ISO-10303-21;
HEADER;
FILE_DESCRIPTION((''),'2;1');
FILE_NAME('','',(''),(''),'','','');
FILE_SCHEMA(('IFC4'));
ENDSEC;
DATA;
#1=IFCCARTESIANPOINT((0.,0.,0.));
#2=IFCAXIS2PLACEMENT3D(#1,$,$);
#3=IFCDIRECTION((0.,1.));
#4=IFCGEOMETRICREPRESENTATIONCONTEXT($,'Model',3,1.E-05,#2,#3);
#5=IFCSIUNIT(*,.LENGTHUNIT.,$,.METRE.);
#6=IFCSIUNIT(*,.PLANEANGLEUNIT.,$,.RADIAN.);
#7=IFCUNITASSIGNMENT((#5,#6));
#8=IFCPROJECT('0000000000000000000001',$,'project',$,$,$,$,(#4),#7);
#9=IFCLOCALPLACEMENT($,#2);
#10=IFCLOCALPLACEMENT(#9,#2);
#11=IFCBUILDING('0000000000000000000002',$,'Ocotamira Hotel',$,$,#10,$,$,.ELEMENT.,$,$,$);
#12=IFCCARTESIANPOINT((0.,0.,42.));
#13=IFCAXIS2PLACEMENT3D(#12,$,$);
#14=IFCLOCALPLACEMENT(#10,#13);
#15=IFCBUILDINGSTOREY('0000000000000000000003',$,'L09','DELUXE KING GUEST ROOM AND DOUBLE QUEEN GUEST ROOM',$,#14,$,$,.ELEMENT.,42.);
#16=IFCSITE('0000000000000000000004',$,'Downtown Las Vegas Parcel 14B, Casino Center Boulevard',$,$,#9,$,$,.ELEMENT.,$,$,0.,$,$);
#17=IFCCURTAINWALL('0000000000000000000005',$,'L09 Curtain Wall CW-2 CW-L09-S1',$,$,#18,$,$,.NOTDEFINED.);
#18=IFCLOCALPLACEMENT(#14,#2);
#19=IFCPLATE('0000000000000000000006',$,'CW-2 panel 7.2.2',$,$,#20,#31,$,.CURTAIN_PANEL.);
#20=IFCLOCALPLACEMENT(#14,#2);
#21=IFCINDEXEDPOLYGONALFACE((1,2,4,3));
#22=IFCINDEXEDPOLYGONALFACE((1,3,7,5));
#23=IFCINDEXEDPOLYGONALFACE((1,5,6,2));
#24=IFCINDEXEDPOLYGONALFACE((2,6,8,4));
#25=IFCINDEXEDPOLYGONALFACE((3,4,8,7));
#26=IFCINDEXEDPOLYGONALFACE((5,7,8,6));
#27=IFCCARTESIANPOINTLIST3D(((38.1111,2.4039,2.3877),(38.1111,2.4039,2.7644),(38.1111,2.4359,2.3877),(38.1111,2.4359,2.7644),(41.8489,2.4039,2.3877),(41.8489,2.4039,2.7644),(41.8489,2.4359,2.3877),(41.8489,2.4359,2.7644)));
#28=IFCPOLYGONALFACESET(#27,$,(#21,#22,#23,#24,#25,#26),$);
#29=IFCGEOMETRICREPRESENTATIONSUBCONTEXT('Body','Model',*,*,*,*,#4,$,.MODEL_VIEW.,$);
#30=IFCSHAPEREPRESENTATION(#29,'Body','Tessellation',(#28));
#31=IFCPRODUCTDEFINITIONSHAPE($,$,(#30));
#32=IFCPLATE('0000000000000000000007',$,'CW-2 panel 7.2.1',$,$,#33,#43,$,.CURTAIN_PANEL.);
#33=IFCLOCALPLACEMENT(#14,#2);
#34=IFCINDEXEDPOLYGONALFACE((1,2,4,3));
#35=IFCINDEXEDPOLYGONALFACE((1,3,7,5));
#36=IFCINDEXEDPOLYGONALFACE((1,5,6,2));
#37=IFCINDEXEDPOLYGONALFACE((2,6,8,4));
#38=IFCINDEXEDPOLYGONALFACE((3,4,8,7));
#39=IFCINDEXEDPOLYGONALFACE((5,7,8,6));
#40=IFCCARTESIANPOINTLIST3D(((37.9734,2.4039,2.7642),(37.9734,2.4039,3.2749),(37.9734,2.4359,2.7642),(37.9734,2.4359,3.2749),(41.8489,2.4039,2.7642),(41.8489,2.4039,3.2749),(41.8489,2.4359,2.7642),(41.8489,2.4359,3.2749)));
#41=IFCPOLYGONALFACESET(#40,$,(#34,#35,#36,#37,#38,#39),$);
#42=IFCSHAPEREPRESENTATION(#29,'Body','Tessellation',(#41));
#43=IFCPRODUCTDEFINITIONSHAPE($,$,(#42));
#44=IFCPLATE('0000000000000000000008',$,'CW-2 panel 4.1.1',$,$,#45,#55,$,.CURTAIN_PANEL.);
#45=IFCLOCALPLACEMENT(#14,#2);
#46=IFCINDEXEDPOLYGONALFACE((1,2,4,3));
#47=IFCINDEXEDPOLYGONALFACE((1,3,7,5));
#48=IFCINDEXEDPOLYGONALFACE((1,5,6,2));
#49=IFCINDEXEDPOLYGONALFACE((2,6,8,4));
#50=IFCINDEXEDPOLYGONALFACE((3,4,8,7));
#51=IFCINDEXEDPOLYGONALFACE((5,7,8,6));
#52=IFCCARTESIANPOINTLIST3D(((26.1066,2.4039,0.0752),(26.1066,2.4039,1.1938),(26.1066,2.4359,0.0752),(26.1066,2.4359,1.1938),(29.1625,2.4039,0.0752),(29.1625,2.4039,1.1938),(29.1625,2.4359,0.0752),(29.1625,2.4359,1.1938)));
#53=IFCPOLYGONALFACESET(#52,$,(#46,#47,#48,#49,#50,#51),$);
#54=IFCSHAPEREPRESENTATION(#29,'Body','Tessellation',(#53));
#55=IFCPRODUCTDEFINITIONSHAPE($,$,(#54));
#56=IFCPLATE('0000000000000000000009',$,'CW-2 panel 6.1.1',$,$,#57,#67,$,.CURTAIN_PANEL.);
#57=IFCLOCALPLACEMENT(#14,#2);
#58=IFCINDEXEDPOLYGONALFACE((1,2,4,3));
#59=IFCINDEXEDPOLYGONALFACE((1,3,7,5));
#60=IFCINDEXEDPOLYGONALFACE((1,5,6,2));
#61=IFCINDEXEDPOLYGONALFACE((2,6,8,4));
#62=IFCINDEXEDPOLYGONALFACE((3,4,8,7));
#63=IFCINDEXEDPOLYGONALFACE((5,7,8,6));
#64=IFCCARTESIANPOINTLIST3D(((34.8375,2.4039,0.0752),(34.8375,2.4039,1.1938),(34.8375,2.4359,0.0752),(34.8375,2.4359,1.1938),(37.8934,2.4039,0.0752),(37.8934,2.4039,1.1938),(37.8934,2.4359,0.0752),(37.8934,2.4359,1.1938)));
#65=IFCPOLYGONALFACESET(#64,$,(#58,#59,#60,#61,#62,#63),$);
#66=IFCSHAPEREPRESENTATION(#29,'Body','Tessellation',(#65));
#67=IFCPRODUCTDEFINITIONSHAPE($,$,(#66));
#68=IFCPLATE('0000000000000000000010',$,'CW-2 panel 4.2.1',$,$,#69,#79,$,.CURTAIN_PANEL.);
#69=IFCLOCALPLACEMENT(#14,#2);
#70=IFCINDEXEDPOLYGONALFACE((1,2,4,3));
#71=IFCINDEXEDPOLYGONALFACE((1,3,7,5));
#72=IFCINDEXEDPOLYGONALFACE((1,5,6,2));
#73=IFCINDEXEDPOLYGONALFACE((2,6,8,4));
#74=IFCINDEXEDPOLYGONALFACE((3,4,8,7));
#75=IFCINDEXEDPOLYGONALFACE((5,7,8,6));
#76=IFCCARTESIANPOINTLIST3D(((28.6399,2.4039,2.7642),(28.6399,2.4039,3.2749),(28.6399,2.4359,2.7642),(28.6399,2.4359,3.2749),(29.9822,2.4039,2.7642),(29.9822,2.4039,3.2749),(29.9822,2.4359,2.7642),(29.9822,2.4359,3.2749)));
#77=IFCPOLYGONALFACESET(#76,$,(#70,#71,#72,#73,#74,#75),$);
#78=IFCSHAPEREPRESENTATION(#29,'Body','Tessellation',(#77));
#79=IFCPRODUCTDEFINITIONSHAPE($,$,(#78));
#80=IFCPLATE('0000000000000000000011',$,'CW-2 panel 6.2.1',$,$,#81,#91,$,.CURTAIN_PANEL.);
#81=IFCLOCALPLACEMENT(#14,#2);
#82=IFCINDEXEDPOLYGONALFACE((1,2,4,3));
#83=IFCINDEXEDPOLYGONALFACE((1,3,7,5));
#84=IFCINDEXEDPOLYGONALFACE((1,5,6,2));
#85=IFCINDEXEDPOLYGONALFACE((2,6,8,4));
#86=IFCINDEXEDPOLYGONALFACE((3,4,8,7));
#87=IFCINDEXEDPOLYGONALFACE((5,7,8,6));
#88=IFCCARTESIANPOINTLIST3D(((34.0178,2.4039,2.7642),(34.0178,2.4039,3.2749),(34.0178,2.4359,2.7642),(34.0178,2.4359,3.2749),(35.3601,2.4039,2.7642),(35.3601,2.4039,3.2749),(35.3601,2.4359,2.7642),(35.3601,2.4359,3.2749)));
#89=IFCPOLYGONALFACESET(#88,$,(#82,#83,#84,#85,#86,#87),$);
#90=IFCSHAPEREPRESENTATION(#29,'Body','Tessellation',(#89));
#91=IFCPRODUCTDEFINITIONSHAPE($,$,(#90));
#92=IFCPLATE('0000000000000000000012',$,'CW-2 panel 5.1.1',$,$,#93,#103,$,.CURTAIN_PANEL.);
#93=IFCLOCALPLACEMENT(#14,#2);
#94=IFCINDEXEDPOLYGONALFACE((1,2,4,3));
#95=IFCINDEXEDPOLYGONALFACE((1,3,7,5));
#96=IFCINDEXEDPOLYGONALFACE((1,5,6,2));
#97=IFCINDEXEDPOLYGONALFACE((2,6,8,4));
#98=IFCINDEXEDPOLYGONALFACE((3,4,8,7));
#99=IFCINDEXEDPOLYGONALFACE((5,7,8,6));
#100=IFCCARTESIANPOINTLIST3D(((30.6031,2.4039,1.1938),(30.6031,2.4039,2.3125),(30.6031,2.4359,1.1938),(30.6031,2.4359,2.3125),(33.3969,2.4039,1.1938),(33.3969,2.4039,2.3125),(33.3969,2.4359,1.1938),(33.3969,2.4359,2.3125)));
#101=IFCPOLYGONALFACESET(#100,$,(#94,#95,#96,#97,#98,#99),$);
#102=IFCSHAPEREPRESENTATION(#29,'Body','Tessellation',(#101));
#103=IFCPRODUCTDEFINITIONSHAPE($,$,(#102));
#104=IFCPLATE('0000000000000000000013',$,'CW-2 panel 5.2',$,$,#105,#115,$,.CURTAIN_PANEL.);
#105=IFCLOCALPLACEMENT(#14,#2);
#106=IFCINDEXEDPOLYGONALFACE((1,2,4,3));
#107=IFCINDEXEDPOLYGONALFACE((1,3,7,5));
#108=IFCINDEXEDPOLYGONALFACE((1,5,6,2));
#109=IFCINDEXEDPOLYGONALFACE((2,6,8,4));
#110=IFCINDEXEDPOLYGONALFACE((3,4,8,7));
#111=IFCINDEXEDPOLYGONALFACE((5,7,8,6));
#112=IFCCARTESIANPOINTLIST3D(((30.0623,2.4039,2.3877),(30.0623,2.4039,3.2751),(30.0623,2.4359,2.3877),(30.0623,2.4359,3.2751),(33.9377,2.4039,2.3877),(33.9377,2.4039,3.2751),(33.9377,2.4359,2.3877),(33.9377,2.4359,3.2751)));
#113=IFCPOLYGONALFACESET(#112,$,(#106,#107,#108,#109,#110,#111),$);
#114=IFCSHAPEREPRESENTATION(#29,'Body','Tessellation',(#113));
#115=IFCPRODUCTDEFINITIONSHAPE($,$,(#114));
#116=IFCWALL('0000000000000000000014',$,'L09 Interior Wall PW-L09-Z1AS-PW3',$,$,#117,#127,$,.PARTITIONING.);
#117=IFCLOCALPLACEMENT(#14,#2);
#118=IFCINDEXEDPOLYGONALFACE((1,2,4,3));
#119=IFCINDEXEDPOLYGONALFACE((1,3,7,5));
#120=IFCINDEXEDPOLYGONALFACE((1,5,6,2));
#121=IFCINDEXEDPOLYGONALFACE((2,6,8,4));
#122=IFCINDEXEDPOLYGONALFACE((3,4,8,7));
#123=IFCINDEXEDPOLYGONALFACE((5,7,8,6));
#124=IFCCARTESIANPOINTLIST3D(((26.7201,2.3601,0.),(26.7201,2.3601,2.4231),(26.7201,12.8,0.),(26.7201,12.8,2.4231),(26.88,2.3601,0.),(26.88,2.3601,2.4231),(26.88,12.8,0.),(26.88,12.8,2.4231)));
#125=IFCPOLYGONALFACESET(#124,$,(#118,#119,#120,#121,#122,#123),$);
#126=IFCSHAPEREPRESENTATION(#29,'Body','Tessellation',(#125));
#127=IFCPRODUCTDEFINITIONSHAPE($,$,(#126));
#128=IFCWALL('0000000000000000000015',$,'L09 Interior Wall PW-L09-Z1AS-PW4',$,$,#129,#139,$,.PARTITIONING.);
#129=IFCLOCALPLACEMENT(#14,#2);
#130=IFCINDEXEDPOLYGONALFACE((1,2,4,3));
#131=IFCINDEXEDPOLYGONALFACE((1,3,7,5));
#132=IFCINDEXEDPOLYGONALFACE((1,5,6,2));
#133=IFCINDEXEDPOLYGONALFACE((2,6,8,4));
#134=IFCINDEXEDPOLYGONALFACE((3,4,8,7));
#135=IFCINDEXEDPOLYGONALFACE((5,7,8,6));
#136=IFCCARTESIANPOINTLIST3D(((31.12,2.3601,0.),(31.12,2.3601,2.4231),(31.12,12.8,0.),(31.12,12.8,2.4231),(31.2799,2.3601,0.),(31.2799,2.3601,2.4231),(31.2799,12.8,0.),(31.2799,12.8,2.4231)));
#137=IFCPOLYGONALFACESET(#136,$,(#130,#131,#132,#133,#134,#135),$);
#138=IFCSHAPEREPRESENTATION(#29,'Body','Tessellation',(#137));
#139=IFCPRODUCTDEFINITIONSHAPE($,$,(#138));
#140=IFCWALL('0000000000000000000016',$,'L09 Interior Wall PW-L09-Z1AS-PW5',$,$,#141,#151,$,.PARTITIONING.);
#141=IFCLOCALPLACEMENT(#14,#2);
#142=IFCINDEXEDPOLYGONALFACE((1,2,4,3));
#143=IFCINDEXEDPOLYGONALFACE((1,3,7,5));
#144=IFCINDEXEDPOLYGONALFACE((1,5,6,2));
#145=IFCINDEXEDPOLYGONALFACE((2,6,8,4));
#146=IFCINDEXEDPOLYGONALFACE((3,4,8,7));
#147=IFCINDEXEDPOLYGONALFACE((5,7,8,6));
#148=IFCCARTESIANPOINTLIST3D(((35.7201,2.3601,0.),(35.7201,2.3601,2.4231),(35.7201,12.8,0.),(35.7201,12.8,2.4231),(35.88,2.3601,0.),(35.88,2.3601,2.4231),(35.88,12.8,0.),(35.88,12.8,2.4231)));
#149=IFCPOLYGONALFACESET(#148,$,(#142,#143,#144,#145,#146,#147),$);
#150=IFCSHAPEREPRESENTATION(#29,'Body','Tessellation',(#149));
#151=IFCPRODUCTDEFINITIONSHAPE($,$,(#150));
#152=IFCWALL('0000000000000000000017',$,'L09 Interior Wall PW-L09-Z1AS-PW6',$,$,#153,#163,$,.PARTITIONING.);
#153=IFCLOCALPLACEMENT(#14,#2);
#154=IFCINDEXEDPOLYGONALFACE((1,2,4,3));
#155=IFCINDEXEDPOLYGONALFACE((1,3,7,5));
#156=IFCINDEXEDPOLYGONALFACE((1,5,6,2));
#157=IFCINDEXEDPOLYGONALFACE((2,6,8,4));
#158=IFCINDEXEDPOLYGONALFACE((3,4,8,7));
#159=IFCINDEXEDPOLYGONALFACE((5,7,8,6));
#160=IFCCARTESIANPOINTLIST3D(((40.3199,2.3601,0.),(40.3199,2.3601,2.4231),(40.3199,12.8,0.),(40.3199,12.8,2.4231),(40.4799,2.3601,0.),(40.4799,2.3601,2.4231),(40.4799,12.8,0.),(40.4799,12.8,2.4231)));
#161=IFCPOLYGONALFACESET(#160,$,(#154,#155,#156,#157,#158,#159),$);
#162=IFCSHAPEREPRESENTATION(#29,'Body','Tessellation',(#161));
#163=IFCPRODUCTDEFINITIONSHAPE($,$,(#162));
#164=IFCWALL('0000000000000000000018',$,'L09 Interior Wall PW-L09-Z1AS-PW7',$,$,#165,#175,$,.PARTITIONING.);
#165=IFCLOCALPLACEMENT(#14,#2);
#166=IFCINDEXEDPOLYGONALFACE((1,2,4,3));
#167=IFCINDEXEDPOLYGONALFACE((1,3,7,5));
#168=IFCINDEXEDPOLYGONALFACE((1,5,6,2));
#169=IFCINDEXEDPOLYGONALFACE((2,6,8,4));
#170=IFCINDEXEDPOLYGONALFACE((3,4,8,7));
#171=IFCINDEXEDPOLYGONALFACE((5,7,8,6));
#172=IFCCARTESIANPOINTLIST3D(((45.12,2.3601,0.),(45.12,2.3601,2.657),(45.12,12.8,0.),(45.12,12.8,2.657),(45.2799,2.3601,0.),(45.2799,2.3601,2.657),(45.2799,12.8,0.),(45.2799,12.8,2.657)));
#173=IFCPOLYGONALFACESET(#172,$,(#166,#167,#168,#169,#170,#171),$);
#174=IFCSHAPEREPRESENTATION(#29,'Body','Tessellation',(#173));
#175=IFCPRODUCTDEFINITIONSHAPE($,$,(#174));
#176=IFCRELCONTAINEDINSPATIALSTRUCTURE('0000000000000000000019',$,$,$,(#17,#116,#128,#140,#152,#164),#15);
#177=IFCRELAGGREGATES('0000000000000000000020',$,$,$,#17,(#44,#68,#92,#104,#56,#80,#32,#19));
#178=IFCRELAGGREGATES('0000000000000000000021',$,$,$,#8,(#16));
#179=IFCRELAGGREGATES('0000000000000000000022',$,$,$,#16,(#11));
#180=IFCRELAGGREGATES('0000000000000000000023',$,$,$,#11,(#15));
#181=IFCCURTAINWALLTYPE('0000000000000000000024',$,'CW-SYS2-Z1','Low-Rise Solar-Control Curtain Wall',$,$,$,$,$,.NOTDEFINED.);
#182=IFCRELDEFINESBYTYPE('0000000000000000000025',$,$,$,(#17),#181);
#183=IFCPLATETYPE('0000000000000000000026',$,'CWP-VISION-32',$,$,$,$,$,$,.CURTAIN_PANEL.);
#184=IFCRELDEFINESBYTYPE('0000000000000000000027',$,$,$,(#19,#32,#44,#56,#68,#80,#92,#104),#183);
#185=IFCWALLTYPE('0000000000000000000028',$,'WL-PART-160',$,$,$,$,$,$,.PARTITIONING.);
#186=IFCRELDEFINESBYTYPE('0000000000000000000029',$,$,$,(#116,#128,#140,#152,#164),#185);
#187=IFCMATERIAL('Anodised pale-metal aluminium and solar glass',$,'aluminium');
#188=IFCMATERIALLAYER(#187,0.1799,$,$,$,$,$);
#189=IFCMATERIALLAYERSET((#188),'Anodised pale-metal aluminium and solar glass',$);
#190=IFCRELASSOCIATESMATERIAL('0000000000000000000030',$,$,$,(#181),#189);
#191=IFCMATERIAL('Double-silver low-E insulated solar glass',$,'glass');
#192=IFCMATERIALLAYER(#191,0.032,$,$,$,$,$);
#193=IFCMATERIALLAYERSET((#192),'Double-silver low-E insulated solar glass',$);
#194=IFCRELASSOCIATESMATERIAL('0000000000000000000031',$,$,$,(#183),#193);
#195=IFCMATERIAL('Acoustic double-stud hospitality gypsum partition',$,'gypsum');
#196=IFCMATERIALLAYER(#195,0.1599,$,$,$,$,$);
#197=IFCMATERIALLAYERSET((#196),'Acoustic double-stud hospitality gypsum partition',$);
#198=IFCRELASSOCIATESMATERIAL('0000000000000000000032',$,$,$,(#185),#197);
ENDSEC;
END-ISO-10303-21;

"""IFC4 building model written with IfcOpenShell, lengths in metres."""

from ifc_helpers import new_model, si_unit, direction, frame, frame_2d, origin, origin_2d, place, context, subcontext, project, spatial, rectangle, extrude, source, transform, mapped, material, layer, layer_set, type_object, element, aggregate, save


model = new_model("IFC4")

# Units and contexts
model_context = context("Model", 3, precision=1e-05, world=origin(), true_north=direction((0.0, 1.0)))
body_context = subcontext(model_context, "Body", "Model", "MODEL_VIEW")
ifc_project = project(units=[si_unit("LENGTHUNIT", "METRE"), si_unit("PLANEANGLEUNIT", "RADIAN")], contexts=[model_context])

# Site, building, storey
site_placement = place(None, origin())
site = spatial("IfcSite", under=ifc_project, at=site_placement, Name="Downtown Las Vegas Parcel 14B, Casino Center Boulevard", CompositionType="ELEMENT", RefElevation=0.0)
building_placement = place(site_placement, origin())
building = spatial("IfcBuilding", under=site, at=building_placement, Name="Ocotamira Hotel", CompositionType="ELEMENT")
storey_placement = place(building_placement, frame((0.0, 0.0, 42.0)))
storey = spatial("IfcBuildingStorey", under=building, at=storey_placement, Name="L09", Description="DELUXE KING GUEST ROOM AND DOUBLE QUEEN GUEST ROOM", CompositionType="ELEMENT", Elevation=42.0)

# Curtain wall
ifc_material_1 = material(Name="Anodised pale-metal aluminium and solar glass", Category="aluminium")
ifc_layer_1 = layer(ifc_material_1, 0.1799)
ifc_layer_set_1 = layer_set([ifc_layer_1], Name="Anodised pale-metal aluminium and solar glass")
curtain_wall_type = type_object("IfcCurtainWallType", Name="CW-SYS2-Z1", Description="Low-Rise Solar-Control Curtain Wall", PredefinedType="NOTDEFINED", material=ifc_layer_set_1)
curtain_wall_placement = place(storey_placement, origin())
curtain_wall = element("IfcCurtainWall", 1, at=curtain_wall_placement, inside=storey, type_object=curtain_wall_type, Name="L09 Curtain Wall CW-2 CW-L09-S1", PredefinedType="NOTDEFINED")

# Plates
ifc_material_2 = material(Name="Double-silver low-E insulated solar glass", Category="glass")
ifc_layer_2 = layer(ifc_material_2, 0.032)
ifc_layer_set_2 = layer_set([ifc_layer_2], Name="Double-silver low-E insulated solar glass")
plate_type_1 = type_object("IfcPlateType", Name="CWP-VISION-32", PredefinedType="CURTAIN_PANEL", material=ifc_layer_set_2)
shared_shape_1 = source(origin(), body_context, "Body", "SweptSolid", [
    extrude(rectangle(XDim=3.7378, YDim=0.032, at=origin_2d()), origin(), (0.0, 0.0, 1.0), 0.3767),
])
plate_1_placement = place(storey_placement, frame((39.98, 2.4199, 2.3877), z_axis=(0.0, 0.0, 1.0), x_axis=(1.0, 0.0, 0.0)))
plate_1 = element("IfcPlate", 2, at=plate_1_placement, type_object=plate_type_1, Name="CW-2 panel 7.2.2", PredefinedType="CURTAIN_PANEL", context=body_context, shape_type="MappedRepresentation", body=[
    mapped(shared_shape_1, transform((0.0, 0.0, 0.0), scale=1.0)),
])
shared_shape_2 = source(origin(), body_context, "Body", "SweptSolid", [
    extrude(rectangle(XDim=3.8755, YDim=0.032, at=origin_2d()), origin(), (0.0, 0.0, 1.0), 0.5107),
])
plate_2_placement = place(storey_placement, frame((39.9111, 2.4199, 2.7642), z_axis=(0.0, 0.0, 1.0), x_axis=(1.0, 0.0, 0.0)))
plate_2 = element("IfcPlate", 3, at=plate_2_placement, type_object=plate_type_1, Name="CW-2 panel 7.2.1", PredefinedType="CURTAIN_PANEL", context=body_context, shape_type="MappedRepresentation", body=[
    mapped(shared_shape_2, transform((0.0, 0.0, 0.0), scale=1.0)),
])
shared_shape_3 = source(origin(), body_context, "Body", "SweptSolid", [
    extrude(rectangle(XDim=3.0559, YDim=0.032, at=origin_2d()), origin(), (0.0, 0.0, 1.0), 1.1187),
])
plate_3_placement = place(storey_placement, frame((27.6345, 2.4199, 0.0752), z_axis=(0.0, 0.0, 1.0), x_axis=(1.0, 0.0, 0.0)))
plate_3 = element("IfcPlate", 4, at=plate_3_placement, type_object=plate_type_1, Name="CW-2 panel 4.1.1", PredefinedType="CURTAIN_PANEL", context=body_context, shape_type="MappedRepresentation", body=[
    mapped(shared_shape_3, transform((0.0, 0.0, 0.0), scale=1.0)),
])
plate_4_placement = place(storey_placement, frame((36.3655, 2.4199, 0.0752), z_axis=(0.0, 0.0, 1.0), x_axis=(1.0, 0.0, 0.0)))
plate_4 = element("IfcPlate", 5, at=plate_4_placement, type_object=plate_type_1, Name="CW-2 panel 6.1.1", PredefinedType="CURTAIN_PANEL", context=body_context, shape_type="MappedRepresentation", body=[
    mapped(shared_shape_3, transform((0.0, 0.0, 0.0), scale=1.0)),
])
shared_shape_4 = source(origin(), body_context, "Body", "SweptSolid", [
    extrude(rectangle(XDim=1.3423, YDim=0.032, at=origin_2d()), origin(), (0.0, 0.0, 1.0), 0.5107),
])
plate_5_placement = place(storey_placement, frame((29.311, 2.4199, 2.7642), z_axis=(0.0, 0.0, 1.0), x_axis=(1.0, 0.0, 0.0)))
plate_5 = element("IfcPlate", 6, at=plate_5_placement, type_object=plate_type_1, Name="CW-2 panel 4.2.1", PredefinedType="CURTAIN_PANEL", context=body_context, shape_type="MappedRepresentation", body=[
    mapped(shared_shape_4, transform((0.0, 0.0, 0.0), scale=1.0)),
])
plate_6_placement = place(storey_placement, frame((34.689, 2.4199, 2.7642), z_axis=(0.0, 0.0, 1.0), x_axis=(1.0, 0.0, 0.0)))
plate_6 = element("IfcPlate", 7, at=plate_6_placement, type_object=plate_type_1, Name="CW-2 panel 6.2.1", PredefinedType="CURTAIN_PANEL", context=body_context, shape_type="MappedRepresentation", body=[
    mapped(shared_shape_4, transform((0.0, 0.0, 0.0), scale=1.0)),
])
shared_shape_5 = source(origin(), body_context, "Body", "SweptSolid", [
    extrude(rectangle(XDim=2.7937, YDim=0.032, at=origin_2d()), origin(), (0.0, 0.0, 1.0), 1.1187),
])
plate_7_placement = place(storey_placement, frame((32.0, 2.4199, 1.1938), z_axis=(0.0, 0.0, 1.0), x_axis=(1.0, 0.0, 0.0)))
plate_7 = element("IfcPlate", 8, at=plate_7_placement, type_object=plate_type_1, Name="CW-2 panel 5.1.1", PredefinedType="CURTAIN_PANEL", context=body_context, shape_type="MappedRepresentation", body=[
    mapped(shared_shape_5, transform((0.0, 0.0, 0.0), scale=1.0)),
])
shared_shape_6 = source(origin(), body_context, "Body", "SweptSolid", [
    extrude(rectangle(XDim=3.8755, YDim=0.032, at=origin_2d()), origin(), (0.0, 0.0, 1.0), 0.8875),
])
plate_8_placement = place(storey_placement, frame((32.0, 2.4199, 2.3877), z_axis=(0.0, 0.0, 1.0), x_axis=(1.0, 0.0, 0.0)))
plate_8 = element("IfcPlate", 9, at=plate_8_placement, type_object=plate_type_1, Name="CW-2 panel 5.2", PredefinedType="CURTAIN_PANEL", context=body_context, shape_type="MappedRepresentation", body=[
    mapped(shared_shape_6, transform((0.0, 0.0, 0.0), scale=1.0)),
])
aggregate(curtain_wall, [plate_3, plate_5, plate_7, plate_8, plate_4, plate_6, plate_2, plate_1])

# Walls
ifc_material_3 = material(Name="Acoustic double-stud hospitality gypsum partition", Category="gypsum")
ifc_layer_3 = layer(ifc_material_3, 0.1599)
ifc_layer_set_3 = layer_set([ifc_layer_3], Name="Acoustic double-stud hospitality gypsum partition")
wall_type = type_object("IfcWallType", Name="WL-PART-160", PredefinedType="PARTITIONING", material=ifc_layer_set_3)
for number, where, z_axis, x_axis, name in (
    (10, (26.8, 2.3601, 0.0), (0.0, 0.0, 1.0), (0.0, 1.0, 0.0), "L09 Interior Wall PW-L09-Z1AS-PW3"),
    (11, (31.2, 2.3601, 0.0), (0.0, 0.0, 1.0), (0.0, 1.0, 0.0), "L09 Interior Wall PW-L09-Z1AS-PW4"),
    (12, (35.8, 2.3601, 0.0), (0.0, 0.0, 1.0), (0.0, 1.0, 0.0), "L09 Interior Wall PW-L09-Z1AS-PW5"),
    (13, (40.3999, 2.3601, 0.0), (0.0, 0.0, 1.0), (0.0, 1.0, 0.0), "L09 Interior Wall PW-L09-Z1AS-PW6"),
):
    element("IfcWall", number, at=place(storey_placement, frame(where, z_axis=z_axis, x_axis=x_axis)), inside=storey, type_object=wall_type, Name=name, PredefinedType="PARTITIONING", context=body_context, shape_type="SweptSolid", body=[
        extrude(rectangle(XDim=10.4399, YDim=0.1599, at=frame_2d((5.22, 0.0))), origin(), (0.0, 0.0, 1.0), 2.4231),
    ])
wall_placement = place(storey_placement, frame((45.2, 2.3601, 0.0), z_axis=(0.0, 0.0, 1.0), x_axis=(0.0, 1.0, 0.0)))
element("IfcWall", 14, at=wall_placement, inside=storey, type_object=wall_type, Name="L09 Interior Wall PW-L09-Z1AS-PW7", PredefinedType="PARTITIONING", context=body_context, shape_type="SweptSolid", body=[
    extrude(rectangle(XDim=10.4399, YDim=0.1599, at=frame_2d((5.22, 0.0))), origin(), (0.0, 0.0, 1.0), 2.657),
])

save(model, "model.ifc")
